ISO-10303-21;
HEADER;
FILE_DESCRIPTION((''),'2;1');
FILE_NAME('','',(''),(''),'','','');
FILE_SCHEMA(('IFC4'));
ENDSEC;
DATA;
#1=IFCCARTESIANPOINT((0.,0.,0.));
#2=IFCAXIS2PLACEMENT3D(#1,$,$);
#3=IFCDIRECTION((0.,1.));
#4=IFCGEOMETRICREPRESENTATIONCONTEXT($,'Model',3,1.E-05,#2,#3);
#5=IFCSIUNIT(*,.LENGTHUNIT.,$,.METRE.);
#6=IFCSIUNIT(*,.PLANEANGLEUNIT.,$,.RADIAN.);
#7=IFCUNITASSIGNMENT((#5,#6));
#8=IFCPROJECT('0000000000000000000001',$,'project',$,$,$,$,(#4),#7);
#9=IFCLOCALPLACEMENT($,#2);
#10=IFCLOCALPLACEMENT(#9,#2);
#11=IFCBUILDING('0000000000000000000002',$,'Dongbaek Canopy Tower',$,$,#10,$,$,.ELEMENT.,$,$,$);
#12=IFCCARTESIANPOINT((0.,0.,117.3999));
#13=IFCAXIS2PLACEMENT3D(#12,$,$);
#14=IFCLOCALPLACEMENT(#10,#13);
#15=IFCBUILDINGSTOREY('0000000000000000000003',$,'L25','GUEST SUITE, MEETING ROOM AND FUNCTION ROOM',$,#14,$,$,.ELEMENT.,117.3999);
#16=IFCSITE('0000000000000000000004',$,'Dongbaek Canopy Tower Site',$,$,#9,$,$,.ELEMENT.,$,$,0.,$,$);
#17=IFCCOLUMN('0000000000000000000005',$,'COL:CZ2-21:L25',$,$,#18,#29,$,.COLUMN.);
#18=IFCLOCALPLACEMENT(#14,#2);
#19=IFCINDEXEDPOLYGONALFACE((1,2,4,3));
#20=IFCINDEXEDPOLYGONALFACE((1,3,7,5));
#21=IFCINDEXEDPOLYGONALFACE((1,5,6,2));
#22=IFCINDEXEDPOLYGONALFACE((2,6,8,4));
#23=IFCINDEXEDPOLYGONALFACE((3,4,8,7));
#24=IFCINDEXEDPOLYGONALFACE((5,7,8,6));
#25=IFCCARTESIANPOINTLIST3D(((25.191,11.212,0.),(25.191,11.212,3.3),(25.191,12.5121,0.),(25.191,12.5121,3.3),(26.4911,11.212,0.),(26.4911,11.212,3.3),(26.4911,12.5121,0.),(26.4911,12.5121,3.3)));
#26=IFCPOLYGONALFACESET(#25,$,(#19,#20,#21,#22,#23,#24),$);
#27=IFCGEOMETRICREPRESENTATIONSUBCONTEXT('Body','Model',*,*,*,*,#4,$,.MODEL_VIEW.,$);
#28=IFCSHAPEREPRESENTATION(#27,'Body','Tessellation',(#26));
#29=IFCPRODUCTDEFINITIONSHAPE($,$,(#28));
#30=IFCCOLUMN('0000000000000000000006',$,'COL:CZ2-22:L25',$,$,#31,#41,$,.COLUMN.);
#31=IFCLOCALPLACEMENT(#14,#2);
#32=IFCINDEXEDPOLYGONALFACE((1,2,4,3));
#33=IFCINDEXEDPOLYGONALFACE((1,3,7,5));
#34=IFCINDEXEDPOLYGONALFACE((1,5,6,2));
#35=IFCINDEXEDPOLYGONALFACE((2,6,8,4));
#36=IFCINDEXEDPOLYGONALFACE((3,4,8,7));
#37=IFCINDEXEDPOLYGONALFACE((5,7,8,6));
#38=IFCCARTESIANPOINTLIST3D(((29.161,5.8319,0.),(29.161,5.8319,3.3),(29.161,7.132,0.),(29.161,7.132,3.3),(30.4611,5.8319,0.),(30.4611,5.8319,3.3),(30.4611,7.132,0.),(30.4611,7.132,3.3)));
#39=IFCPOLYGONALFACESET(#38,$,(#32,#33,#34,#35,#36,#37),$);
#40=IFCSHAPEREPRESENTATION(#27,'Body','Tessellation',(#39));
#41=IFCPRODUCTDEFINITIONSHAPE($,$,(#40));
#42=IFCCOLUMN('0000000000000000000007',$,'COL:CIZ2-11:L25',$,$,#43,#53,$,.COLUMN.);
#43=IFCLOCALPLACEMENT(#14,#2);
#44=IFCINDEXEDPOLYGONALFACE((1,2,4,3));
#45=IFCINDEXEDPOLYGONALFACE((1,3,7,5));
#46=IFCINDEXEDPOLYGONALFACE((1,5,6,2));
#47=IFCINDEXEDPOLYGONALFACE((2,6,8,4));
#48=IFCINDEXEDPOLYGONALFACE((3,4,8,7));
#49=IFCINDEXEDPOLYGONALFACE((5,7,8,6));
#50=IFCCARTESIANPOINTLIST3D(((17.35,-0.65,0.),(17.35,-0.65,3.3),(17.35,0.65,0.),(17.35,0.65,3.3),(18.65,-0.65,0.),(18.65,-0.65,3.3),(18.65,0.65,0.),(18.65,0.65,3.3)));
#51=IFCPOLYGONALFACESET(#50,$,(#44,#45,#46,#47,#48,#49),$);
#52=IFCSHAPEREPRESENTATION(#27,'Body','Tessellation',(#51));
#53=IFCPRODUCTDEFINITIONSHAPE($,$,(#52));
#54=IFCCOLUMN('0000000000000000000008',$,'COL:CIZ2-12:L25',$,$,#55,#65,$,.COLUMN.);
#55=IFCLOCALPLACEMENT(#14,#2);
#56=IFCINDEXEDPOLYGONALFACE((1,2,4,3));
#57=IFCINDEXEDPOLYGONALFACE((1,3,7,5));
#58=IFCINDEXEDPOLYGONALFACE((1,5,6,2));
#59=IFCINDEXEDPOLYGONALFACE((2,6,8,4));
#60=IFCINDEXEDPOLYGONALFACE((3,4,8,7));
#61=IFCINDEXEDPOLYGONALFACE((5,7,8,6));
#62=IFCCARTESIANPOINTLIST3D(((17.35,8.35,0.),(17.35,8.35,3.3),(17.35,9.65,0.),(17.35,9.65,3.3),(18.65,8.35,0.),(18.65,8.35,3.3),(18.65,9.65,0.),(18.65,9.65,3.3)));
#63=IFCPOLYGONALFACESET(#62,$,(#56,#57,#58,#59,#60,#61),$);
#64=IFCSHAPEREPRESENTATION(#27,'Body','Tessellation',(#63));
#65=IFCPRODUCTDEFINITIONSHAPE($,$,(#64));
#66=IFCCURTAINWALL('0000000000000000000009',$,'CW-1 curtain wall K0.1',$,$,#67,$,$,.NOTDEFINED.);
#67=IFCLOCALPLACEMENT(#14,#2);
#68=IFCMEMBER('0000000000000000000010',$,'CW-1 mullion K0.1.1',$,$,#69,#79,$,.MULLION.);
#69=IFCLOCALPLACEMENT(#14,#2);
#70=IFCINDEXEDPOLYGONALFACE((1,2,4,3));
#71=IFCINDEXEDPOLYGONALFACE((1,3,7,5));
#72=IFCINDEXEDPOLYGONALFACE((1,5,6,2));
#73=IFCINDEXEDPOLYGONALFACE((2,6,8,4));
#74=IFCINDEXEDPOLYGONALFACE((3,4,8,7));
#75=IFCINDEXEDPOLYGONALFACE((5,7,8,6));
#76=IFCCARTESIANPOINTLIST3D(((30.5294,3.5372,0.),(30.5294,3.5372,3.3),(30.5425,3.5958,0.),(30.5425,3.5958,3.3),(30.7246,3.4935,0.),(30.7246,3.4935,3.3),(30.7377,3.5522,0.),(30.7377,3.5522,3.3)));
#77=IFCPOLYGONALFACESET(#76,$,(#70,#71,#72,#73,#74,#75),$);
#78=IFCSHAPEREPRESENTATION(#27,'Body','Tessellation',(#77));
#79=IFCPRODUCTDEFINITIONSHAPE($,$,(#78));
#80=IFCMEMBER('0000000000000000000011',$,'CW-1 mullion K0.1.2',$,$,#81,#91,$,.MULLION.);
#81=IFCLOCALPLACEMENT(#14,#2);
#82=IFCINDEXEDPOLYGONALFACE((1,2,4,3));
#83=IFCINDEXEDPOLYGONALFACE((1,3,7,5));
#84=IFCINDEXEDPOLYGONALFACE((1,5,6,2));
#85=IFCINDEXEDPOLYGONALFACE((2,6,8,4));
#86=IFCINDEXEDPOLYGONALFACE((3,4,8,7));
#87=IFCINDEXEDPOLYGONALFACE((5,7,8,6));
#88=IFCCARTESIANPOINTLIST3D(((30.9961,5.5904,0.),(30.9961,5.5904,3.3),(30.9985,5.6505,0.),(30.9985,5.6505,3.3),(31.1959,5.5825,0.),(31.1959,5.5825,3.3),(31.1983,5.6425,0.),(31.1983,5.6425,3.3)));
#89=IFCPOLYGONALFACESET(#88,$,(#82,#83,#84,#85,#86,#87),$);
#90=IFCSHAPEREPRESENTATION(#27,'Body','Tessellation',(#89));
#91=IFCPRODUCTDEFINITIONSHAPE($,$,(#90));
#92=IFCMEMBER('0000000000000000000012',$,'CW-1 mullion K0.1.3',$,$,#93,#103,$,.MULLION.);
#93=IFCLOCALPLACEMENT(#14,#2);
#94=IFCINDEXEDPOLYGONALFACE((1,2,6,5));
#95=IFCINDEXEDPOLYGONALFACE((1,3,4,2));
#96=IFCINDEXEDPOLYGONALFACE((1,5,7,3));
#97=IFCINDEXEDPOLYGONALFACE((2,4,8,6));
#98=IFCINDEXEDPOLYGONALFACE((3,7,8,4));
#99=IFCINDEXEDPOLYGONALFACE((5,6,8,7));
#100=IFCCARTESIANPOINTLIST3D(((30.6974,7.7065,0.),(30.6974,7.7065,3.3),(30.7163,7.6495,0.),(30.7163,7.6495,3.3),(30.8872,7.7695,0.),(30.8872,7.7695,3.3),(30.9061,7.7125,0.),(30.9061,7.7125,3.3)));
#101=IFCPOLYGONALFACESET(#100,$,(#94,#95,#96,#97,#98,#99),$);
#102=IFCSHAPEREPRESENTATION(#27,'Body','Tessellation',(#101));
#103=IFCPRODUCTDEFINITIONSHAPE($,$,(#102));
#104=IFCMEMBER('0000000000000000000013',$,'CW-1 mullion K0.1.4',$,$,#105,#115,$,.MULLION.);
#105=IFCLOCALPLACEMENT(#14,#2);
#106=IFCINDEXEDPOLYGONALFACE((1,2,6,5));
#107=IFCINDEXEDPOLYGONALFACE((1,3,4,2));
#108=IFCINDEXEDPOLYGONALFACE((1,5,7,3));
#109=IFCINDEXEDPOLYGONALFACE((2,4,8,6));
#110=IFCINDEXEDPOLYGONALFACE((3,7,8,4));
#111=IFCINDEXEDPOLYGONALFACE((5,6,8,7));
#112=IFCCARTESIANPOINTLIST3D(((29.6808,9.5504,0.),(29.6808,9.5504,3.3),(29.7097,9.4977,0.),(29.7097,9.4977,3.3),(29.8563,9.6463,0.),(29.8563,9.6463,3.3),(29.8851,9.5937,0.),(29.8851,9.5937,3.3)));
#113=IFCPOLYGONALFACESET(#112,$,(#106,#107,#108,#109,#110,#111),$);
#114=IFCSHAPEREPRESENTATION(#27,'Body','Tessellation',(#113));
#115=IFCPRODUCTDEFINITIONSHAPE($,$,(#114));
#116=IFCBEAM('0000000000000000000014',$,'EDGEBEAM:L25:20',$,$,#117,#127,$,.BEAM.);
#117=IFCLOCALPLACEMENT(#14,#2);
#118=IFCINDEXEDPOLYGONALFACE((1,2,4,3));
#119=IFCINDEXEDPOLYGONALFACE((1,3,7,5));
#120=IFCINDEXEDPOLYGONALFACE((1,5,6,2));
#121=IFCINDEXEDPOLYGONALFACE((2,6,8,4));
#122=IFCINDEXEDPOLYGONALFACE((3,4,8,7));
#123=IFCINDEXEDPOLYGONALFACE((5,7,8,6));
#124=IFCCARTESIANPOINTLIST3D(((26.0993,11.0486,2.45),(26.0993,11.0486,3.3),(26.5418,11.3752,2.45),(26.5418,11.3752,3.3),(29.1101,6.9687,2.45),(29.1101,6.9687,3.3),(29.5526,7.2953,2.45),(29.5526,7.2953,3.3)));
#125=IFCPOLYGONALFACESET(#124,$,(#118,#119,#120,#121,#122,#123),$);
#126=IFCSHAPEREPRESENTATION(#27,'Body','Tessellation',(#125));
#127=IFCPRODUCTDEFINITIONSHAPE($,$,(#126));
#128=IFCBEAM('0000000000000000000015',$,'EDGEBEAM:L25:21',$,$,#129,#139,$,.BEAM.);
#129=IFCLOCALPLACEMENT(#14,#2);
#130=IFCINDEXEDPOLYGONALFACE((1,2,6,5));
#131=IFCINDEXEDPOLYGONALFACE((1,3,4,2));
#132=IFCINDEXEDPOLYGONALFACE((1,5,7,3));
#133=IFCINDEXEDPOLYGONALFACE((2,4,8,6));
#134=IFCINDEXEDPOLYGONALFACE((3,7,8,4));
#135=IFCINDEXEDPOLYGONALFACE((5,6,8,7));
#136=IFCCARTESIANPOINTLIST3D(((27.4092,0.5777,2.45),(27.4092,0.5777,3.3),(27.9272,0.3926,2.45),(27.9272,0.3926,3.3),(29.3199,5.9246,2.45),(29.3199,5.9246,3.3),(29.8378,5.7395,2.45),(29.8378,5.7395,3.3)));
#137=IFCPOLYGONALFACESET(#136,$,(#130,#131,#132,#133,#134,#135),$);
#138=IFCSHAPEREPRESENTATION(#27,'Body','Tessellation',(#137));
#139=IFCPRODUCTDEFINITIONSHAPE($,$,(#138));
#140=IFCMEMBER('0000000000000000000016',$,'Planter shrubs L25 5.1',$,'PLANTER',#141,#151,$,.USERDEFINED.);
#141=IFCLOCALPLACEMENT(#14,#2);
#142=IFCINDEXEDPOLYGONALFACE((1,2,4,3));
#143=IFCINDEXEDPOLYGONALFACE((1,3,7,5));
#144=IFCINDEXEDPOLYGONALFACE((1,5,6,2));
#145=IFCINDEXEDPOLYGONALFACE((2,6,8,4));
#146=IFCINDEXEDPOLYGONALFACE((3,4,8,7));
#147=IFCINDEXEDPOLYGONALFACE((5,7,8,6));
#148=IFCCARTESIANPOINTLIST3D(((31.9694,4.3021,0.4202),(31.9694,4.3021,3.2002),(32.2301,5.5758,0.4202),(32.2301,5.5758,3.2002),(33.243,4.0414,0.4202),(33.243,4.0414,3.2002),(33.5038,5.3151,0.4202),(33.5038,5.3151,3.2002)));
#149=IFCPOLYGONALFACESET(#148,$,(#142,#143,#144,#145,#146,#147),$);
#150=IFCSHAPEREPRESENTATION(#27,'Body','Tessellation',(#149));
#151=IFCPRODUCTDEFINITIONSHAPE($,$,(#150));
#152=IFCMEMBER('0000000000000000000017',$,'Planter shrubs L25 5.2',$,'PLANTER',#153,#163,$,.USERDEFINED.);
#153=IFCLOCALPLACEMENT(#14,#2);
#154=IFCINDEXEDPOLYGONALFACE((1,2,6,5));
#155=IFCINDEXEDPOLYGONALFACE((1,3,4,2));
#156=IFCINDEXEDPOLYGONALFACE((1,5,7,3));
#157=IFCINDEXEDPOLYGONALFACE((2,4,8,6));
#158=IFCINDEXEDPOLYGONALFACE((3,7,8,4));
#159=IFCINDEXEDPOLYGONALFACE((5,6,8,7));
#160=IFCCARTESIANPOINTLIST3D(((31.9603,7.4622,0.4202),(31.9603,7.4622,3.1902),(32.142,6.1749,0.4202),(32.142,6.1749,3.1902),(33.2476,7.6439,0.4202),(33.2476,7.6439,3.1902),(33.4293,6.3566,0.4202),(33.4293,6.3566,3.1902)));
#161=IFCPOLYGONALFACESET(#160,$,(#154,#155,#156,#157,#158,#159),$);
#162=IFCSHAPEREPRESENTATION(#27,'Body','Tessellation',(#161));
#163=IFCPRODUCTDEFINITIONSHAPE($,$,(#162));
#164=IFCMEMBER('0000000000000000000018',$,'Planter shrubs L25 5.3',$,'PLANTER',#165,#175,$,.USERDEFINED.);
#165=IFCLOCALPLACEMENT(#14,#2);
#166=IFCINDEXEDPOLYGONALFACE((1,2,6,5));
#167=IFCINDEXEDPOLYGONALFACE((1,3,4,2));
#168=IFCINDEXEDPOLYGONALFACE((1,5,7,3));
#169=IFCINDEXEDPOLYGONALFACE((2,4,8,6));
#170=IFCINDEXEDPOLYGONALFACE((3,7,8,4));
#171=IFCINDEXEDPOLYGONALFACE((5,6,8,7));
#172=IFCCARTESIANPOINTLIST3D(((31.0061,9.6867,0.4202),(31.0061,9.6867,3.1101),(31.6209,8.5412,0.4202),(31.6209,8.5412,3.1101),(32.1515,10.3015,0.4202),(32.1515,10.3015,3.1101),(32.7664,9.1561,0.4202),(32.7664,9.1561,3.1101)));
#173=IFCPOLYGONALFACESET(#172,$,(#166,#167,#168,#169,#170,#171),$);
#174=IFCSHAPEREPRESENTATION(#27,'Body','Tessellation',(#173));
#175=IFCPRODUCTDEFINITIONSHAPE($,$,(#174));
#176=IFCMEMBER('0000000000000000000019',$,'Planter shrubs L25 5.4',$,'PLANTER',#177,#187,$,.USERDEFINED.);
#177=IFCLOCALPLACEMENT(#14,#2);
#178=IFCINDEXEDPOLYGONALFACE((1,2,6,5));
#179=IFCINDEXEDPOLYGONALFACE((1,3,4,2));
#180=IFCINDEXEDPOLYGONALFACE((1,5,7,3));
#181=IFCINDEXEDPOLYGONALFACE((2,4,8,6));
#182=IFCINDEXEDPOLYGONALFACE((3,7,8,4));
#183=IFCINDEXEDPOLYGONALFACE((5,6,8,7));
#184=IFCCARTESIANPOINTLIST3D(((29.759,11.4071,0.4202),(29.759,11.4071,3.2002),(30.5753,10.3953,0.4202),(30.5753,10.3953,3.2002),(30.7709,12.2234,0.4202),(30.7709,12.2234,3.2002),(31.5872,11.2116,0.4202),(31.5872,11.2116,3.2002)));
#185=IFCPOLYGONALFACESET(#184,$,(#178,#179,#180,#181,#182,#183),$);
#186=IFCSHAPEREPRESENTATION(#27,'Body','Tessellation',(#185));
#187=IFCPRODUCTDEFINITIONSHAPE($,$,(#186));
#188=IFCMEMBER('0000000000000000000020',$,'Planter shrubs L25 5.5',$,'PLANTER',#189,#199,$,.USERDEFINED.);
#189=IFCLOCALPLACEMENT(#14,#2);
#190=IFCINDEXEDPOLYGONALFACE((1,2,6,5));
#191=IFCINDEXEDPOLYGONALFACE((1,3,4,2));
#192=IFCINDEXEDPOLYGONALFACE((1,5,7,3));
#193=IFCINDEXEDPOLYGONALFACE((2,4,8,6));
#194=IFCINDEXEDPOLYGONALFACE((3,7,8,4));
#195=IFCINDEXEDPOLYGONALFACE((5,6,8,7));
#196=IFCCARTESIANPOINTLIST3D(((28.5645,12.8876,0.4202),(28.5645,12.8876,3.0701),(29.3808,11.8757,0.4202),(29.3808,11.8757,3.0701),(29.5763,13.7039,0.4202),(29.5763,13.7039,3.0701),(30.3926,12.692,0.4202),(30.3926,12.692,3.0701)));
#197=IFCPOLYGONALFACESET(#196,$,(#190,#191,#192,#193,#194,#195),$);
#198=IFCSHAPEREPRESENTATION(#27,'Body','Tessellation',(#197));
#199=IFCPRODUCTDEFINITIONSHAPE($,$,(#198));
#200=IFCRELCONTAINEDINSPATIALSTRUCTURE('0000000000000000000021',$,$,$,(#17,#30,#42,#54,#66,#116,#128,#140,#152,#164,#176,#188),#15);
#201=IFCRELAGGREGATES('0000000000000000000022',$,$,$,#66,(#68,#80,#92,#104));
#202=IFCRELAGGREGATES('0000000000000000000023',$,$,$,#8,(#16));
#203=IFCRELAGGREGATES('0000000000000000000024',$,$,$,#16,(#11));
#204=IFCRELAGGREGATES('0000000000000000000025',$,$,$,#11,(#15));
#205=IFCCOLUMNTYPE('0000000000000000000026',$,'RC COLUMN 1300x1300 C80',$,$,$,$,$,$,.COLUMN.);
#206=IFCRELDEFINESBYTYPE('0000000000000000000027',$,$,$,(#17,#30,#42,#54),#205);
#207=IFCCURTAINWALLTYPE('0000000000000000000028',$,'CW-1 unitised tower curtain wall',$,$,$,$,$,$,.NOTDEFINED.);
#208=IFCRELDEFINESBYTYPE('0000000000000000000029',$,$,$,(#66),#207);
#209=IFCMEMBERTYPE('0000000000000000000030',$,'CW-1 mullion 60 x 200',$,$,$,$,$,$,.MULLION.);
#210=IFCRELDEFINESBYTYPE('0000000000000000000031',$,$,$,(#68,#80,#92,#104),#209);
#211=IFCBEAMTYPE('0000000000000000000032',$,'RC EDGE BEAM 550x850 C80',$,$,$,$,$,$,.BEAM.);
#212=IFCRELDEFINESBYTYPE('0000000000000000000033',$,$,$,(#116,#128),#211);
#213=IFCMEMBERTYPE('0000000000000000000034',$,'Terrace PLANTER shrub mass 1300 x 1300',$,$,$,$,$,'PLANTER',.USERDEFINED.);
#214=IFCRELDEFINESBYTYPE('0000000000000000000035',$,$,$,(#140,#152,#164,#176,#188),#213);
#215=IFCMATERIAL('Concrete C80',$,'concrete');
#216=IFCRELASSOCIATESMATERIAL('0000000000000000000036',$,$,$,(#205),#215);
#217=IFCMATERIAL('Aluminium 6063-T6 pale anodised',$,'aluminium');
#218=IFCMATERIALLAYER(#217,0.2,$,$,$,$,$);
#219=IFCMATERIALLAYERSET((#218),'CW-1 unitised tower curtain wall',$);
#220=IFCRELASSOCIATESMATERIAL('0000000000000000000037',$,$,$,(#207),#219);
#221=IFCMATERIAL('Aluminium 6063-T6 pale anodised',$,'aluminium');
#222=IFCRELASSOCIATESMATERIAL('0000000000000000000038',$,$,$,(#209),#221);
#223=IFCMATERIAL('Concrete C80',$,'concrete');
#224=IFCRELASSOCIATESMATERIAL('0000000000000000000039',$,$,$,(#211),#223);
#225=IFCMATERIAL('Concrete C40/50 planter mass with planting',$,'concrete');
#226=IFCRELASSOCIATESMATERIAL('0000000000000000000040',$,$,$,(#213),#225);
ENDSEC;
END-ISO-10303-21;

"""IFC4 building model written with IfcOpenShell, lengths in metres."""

from ifc_helpers import new_model, si_unit, direction, frame, origin, origin_2d, place, context, subcontext, project, spatial, rectangle, extrude, material, layer, layer_set, material_profile, profile_set, type_object, element, aggregate, save


model = new_model("IFC4")

# Units and contexts
model_context = context("Model", 3, precision=1e-05, world=origin(), true_north=direction((0.0, 1.0)))
body_context = subcontext(model_context, "Body", "Model", "MODEL_VIEW")
ifc_project = project(units=[si_unit("LENGTHUNIT", "METRE"), si_unit("PLANEANGLEUNIT", "RADIAN")], contexts=[model_context])

# Site, building, storey
site_placement = place(None, origin())
site = spatial("IfcSite", under=ifc_project, at=site_placement, Name="Dongbaek Canopy Tower Site", CompositionType="ELEMENT", RefElevation=0.0)
building_placement = place(site_placement, origin())
building = spatial("IfcBuilding", under=site, at=building_placement, Name="Dongbaek Canopy Tower", CompositionType="ELEMENT")
storey_placement = place(building_placement, frame((0.0, 0.0, 117.3999)))
storey = spatial("IfcBuildingStorey", under=building, at=storey_placement, Name="L25", Description="GUEST SUITE, MEETING ROOM AND FUNCTION ROOM", CompositionType="ELEMENT", Elevation=117.3999)

# Columns
ifc_material_1 = material(Name="Concrete C80", Category="concrete")
ifc_material_profile_1 = material_profile(ifc_material_1, rectangle(XDim=1.3, YDim=1.3, at=origin_2d()), Name="RC COLUMN 1300x1300 C80")
ifc_profile_set_1 = profile_set([ifc_material_profile_1], Name="Concrete C80")
column_type = type_object("IfcColumnType", Name="RC COLUMN 1300x1300 C80", PredefinedType="COLUMN", material=ifc_profile_set_1)
for number, where, z_axis, x_axis, name in (
    (1, (25.8411, 11.8621, 0.0), (0.0, 0.0, 1.0), (1.0, 0.0, 0.0), "COL:CZ2-21:L25"),
    (2, (29.811, 6.4819, 0.0), (0.0, 0.0, 1.0), (1.0, 0.0, 0.0), "COL:CZ2-22:L25"),
    (3, (18.0, 0.0, 0.0), (0.0, 0.0, 1.0), (1.0, 0.0, 0.0), "COL:CIZ2-11:L25"),
    (4, (18.0, 9.0, 0.0), (0.0, 0.0, 1.0), (1.0, 0.0, 0.0), "COL:CIZ2-12:L25"),
):
    element("IfcColumn", number, at=place(storey_placement, frame(where, z_axis=z_axis, x_axis=x_axis)), inside=storey, type_object=column_type, Name=name, PredefinedType="COLUMN", context=body_context, shape_type="SweptSolid", body=[
        extrude(rectangle(XDim=1.3, YDim=1.3, at=origin_2d()), origin(), (0.0, 0.0, 1.0), 3.3),
    ])

# Curtain wall, members
ifc_material_2 = material(Name="Aluminium 6063-T6 pale anodised", Category="aluminium")
ifc_layer_1 = layer(ifc_material_2, 0.2)
ifc_layer_set_1 = layer_set([ifc_layer_1], Name="CW-1 unitised tower curtain wall")
curtain_wall_type = type_object("IfcCurtainWallType", Name="CW-1 unitised tower curtain wall", PredefinedType="NOTDEFINED", material=ifc_layer_set_1)
curtain_wall_1_placement = place(storey_placement, origin())
curtain_wall_1 = element("IfcCurtainWall", 5, at=curtain_wall_1_placement, inside=storey, type_object=curtain_wall_type, Name="CW-1 curtain wall K0.1", PredefinedType="NOTDEFINED")
ifc_material_3 = material(Name="Aluminium 6063-T6 pale anodised", Category="aluminium")
ifc_material_profile_2 = material_profile(ifc_material_3, rectangle(XDim=0.2, YDim=0.0601, at=origin_2d()), Name="CW-1 mullion 60 x 200")
ifc_profile_set_2 = profile_set([ifc_material_profile_2], Name="Aluminium 6063-T6 pale anodised")
member_type_1 = type_object("IfcMemberType", Name="CW-1 mullion 60 x 200", PredefinedType="MULLION", material=ifc_profile_set_2)
member_1_placement = place(storey_placement, frame((30.6335, 3.5447, 0.0), z_axis=(0.0, 0.0, 1.0), x_axis=(0.975873, -0.218339, 0.0)))
member_1 = element("IfcMember", 6, at=member_1_placement, type_object=member_type_1, Name="CW-1 mullion K0.1.1", PredefinedType="MULLION", context=body_context, shape_type="SweptSolid", body=[
    extrude(rectangle(XDim=0.2, YDim=0.0601, at=origin_2d()), origin(), (0.0, 0.0, 1.0), 3.3),
])
member_2_placement = place(storey_placement, frame((31.0972, 5.6165, 0.0), z_axis=(0.0, 0.0, 1.0), x_axis=(0.999202, -0.039948, 0.0)))
member_2 = element("IfcMember", 7, at=member_2_placement, type_object=member_type_1, Name="CW-1 mullion K0.1.2", PredefinedType="MULLION", context=body_context, shape_type="SweptSolid", body=[
    extrude(rectangle(XDim=0.2, YDim=0.0601, at=origin_2d()), origin(), (0.0, 0.0, 1.0), 3.3),
])
member_3_placement = place(storey_placement, frame((30.8018, 7.7095, 0.0), z_axis=(0.0, 0.0, 1.0), x_axis=(0.949126, 0.314897, 0.0)))
member_3 = element("IfcMember", 8, at=member_3_placement, type_object=member_type_1, Name="CW-1 mullion K0.1.3", PredefinedType="MULLION", context=body_context, shape_type="SweptSolid", body=[
    extrude(rectangle(XDim=0.2, YDim=0.0601, at=origin_2d()), origin(), (0.0, 0.0, 1.0), 3.3),
])
member_4_placement = place(storey_placement, frame((29.783, 9.572, 0.0), z_axis=(0.0, 0.0, 1.0), x_axis=(0.877342, 0.479865, 0.0)))
member_4 = element("IfcMember", 9, at=member_4_placement, type_object=member_type_1, Name="CW-1 mullion K0.1.4", PredefinedType="MULLION", context=body_context, shape_type="SweptSolid", body=[
    extrude(rectangle(XDim=0.2, YDim=0.0601, at=origin_2d()), origin(), (0.0, 0.0, 1.0), 3.3),
])

# Beams
ifc_material_4 = material(Name="Concrete C80", Category="concrete")
ifc_material_profile_3 = material_profile(ifc_material_4, rectangle(XDim=0.55, YDim=0.8501, at=origin_2d()), Name="RC EDGE BEAM 550x850 C80")
ifc_profile_set_3 = profile_set([ifc_material_profile_3], Name="Concrete C80")
beam_type = type_object("IfcBeamType", Name="RC EDGE BEAM 550x850 C80", PredefinedType="BEAM", material=ifc_profile_set_3)
beam_1_placement = place(storey_placement, frame((26.3206, 11.2119, 2.875), z_axis=(0.59378, -0.804627, 0.0), x_axis=(0.804627, 0.59378, 0.0)))
element("IfcBeam", 10, at=beam_1_placement, inside=storey, type_object=beam_type, Name="EDGEBEAM:L25:20", PredefinedType="BEAM", context=body_context, shape_type="SweptSolid", body=[
    extrude(rectangle(XDim=0.55, YDim=0.8501, at=origin_2d()), origin(), (0.0, 0.0, 1.0), 5.0706),
])
beam_2_placement = place(storey_placement, frame((29.5789, 5.832, 2.875), z_axis=(-0.336497, -0.941685, 0.0), x_axis=(0.941685, -0.336497, 0.0)))
element("IfcBeam", 11, at=beam_2_placement, inside=storey, type_object=beam_type, Name="EDGEBEAM:L25:21", PredefinedType="BEAM", context=body_context, shape_type="SweptSolid", body=[
    extrude(rectangle(XDim=0.55, YDim=0.8501, at=origin_2d()), origin(), (0.0, 0.0, 1.0), 5.678),
])

# Members
ifc_material_5 = material(Name="Concrete C40/50 planter mass with planting", Category="concrete")
ifc_material_profile_4 = material_profile(ifc_material_5, rectangle(XDim=1.3, YDim=1.3, at=origin_2d()), Name="Terrace PLANTER shrub mass 1300 x 1300")
ifc_profile_set_4 = profile_set([ifc_material_profile_4], Name="Concrete C40/50 planter mass with planting")
member_type_2 = type_object("IfcMemberType", Name="Terrace PLANTER shrub mass 1300 x 1300", ElementType="PLANTER", PredefinedType="USERDEFINED", material=ifc_profile_set_4)
member_5_placement = place(storey_placement, frame((32.7366, 4.8086, 0.4202), z_axis=(0.0, 0.0, 1.0), x_axis=(0.979684, -0.200547, 0.0)))
element("IfcMember", 12, at=member_5_placement, inside=storey, type_object=member_type_2, Name="Planter shrubs L25 5.1", ObjectType="PLANTER", PredefinedType="USERDEFINED", context=body_context, shape_type="SweptSolid", body=[
    extrude(rectangle(XDim=1.3, YDim=1.3, at=origin_2d()), origin(), (0.0, 0.0, 1.0), 2.78),
])
member_6_placement = place(storey_placement, frame((32.6948, 6.9094, 0.4202), z_axis=(0.0, 0.0, 1.0), x_axis=(0.990189, 0.139736, 0.0)))
element("IfcMember", 13, at=member_6_placement, inside=storey, type_object=member_type_2, Name="Planter shrubs L25 5.2", ObjectType="PLANTER", PredefinedType="USERDEFINED", context=body_context, shape_type="SweptSolid", body=[
    extrude(rectangle(XDim=1.3, YDim=1.3, at=origin_2d()), origin(), (0.0, 0.0, 1.0), 2.77),
])
member_7_placement = place(storey_placement, frame((31.8862, 9.4214, 0.4202), z_axis=(0.0, 0.0, 1.0), x_axis=(0.881091, 0.472947, 0.0)))
element("IfcMember", 14, at=member_7_placement, inside=storey, type_object=member_type_2, Name="Planter shrubs L25 5.3", ObjectType="PLANTER", PredefinedType="USERDEFINED", context=body_context, shape_type="SweptSolid", body=[
    extrude(rectangle(XDim=1.3, YDim=1.3, at=origin_2d()), origin(), (0.0, 0.0, 1.0), 2.6899),
])
member_8_placement = place(storey_placement, frame((30.6731, 11.3093, 0.4202), z_axis=(0.0, 0.0, 1.0), x_axis=(0.778293, 0.627901, 0.0)))
element("IfcMember", 15, at=member_8_placement, inside=storey, type_object=member_type_2, Name="Planter shrubs L25 5.4", ObjectType="PLANTER", PredefinedType="USERDEFINED", context=body_context, shape_type="SweptSolid", body=[
    extrude(rectangle(XDim=1.3, YDim=1.3, at=origin_2d()), origin(), (0.0, 0.0, 1.0), 2.78),
])
member_9_placement = place(storey_placement, frame((29.4785, 12.7898, 0.4202), z_axis=(0.0, 0.0, 1.0), x_axis=(0.778293, 0.627901, 0.0)))
element("IfcMember", 16, at=member_9_placement, inside=storey, type_object=member_type_2, Name="Planter shrubs L25 5.5", ObjectType="PLANTER", PredefinedType="USERDEFINED", context=body_context, shape_type="SweptSolid", body=[
    extrude(rectangle(XDim=1.3, YDim=1.3, at=origin_2d()), origin(), (0.0, 0.0, 1.0), 2.6499),
])

aggregate(curtain_wall_1, [member_1, member_2, member_3, member_4])

save(model, "model.ifc")
